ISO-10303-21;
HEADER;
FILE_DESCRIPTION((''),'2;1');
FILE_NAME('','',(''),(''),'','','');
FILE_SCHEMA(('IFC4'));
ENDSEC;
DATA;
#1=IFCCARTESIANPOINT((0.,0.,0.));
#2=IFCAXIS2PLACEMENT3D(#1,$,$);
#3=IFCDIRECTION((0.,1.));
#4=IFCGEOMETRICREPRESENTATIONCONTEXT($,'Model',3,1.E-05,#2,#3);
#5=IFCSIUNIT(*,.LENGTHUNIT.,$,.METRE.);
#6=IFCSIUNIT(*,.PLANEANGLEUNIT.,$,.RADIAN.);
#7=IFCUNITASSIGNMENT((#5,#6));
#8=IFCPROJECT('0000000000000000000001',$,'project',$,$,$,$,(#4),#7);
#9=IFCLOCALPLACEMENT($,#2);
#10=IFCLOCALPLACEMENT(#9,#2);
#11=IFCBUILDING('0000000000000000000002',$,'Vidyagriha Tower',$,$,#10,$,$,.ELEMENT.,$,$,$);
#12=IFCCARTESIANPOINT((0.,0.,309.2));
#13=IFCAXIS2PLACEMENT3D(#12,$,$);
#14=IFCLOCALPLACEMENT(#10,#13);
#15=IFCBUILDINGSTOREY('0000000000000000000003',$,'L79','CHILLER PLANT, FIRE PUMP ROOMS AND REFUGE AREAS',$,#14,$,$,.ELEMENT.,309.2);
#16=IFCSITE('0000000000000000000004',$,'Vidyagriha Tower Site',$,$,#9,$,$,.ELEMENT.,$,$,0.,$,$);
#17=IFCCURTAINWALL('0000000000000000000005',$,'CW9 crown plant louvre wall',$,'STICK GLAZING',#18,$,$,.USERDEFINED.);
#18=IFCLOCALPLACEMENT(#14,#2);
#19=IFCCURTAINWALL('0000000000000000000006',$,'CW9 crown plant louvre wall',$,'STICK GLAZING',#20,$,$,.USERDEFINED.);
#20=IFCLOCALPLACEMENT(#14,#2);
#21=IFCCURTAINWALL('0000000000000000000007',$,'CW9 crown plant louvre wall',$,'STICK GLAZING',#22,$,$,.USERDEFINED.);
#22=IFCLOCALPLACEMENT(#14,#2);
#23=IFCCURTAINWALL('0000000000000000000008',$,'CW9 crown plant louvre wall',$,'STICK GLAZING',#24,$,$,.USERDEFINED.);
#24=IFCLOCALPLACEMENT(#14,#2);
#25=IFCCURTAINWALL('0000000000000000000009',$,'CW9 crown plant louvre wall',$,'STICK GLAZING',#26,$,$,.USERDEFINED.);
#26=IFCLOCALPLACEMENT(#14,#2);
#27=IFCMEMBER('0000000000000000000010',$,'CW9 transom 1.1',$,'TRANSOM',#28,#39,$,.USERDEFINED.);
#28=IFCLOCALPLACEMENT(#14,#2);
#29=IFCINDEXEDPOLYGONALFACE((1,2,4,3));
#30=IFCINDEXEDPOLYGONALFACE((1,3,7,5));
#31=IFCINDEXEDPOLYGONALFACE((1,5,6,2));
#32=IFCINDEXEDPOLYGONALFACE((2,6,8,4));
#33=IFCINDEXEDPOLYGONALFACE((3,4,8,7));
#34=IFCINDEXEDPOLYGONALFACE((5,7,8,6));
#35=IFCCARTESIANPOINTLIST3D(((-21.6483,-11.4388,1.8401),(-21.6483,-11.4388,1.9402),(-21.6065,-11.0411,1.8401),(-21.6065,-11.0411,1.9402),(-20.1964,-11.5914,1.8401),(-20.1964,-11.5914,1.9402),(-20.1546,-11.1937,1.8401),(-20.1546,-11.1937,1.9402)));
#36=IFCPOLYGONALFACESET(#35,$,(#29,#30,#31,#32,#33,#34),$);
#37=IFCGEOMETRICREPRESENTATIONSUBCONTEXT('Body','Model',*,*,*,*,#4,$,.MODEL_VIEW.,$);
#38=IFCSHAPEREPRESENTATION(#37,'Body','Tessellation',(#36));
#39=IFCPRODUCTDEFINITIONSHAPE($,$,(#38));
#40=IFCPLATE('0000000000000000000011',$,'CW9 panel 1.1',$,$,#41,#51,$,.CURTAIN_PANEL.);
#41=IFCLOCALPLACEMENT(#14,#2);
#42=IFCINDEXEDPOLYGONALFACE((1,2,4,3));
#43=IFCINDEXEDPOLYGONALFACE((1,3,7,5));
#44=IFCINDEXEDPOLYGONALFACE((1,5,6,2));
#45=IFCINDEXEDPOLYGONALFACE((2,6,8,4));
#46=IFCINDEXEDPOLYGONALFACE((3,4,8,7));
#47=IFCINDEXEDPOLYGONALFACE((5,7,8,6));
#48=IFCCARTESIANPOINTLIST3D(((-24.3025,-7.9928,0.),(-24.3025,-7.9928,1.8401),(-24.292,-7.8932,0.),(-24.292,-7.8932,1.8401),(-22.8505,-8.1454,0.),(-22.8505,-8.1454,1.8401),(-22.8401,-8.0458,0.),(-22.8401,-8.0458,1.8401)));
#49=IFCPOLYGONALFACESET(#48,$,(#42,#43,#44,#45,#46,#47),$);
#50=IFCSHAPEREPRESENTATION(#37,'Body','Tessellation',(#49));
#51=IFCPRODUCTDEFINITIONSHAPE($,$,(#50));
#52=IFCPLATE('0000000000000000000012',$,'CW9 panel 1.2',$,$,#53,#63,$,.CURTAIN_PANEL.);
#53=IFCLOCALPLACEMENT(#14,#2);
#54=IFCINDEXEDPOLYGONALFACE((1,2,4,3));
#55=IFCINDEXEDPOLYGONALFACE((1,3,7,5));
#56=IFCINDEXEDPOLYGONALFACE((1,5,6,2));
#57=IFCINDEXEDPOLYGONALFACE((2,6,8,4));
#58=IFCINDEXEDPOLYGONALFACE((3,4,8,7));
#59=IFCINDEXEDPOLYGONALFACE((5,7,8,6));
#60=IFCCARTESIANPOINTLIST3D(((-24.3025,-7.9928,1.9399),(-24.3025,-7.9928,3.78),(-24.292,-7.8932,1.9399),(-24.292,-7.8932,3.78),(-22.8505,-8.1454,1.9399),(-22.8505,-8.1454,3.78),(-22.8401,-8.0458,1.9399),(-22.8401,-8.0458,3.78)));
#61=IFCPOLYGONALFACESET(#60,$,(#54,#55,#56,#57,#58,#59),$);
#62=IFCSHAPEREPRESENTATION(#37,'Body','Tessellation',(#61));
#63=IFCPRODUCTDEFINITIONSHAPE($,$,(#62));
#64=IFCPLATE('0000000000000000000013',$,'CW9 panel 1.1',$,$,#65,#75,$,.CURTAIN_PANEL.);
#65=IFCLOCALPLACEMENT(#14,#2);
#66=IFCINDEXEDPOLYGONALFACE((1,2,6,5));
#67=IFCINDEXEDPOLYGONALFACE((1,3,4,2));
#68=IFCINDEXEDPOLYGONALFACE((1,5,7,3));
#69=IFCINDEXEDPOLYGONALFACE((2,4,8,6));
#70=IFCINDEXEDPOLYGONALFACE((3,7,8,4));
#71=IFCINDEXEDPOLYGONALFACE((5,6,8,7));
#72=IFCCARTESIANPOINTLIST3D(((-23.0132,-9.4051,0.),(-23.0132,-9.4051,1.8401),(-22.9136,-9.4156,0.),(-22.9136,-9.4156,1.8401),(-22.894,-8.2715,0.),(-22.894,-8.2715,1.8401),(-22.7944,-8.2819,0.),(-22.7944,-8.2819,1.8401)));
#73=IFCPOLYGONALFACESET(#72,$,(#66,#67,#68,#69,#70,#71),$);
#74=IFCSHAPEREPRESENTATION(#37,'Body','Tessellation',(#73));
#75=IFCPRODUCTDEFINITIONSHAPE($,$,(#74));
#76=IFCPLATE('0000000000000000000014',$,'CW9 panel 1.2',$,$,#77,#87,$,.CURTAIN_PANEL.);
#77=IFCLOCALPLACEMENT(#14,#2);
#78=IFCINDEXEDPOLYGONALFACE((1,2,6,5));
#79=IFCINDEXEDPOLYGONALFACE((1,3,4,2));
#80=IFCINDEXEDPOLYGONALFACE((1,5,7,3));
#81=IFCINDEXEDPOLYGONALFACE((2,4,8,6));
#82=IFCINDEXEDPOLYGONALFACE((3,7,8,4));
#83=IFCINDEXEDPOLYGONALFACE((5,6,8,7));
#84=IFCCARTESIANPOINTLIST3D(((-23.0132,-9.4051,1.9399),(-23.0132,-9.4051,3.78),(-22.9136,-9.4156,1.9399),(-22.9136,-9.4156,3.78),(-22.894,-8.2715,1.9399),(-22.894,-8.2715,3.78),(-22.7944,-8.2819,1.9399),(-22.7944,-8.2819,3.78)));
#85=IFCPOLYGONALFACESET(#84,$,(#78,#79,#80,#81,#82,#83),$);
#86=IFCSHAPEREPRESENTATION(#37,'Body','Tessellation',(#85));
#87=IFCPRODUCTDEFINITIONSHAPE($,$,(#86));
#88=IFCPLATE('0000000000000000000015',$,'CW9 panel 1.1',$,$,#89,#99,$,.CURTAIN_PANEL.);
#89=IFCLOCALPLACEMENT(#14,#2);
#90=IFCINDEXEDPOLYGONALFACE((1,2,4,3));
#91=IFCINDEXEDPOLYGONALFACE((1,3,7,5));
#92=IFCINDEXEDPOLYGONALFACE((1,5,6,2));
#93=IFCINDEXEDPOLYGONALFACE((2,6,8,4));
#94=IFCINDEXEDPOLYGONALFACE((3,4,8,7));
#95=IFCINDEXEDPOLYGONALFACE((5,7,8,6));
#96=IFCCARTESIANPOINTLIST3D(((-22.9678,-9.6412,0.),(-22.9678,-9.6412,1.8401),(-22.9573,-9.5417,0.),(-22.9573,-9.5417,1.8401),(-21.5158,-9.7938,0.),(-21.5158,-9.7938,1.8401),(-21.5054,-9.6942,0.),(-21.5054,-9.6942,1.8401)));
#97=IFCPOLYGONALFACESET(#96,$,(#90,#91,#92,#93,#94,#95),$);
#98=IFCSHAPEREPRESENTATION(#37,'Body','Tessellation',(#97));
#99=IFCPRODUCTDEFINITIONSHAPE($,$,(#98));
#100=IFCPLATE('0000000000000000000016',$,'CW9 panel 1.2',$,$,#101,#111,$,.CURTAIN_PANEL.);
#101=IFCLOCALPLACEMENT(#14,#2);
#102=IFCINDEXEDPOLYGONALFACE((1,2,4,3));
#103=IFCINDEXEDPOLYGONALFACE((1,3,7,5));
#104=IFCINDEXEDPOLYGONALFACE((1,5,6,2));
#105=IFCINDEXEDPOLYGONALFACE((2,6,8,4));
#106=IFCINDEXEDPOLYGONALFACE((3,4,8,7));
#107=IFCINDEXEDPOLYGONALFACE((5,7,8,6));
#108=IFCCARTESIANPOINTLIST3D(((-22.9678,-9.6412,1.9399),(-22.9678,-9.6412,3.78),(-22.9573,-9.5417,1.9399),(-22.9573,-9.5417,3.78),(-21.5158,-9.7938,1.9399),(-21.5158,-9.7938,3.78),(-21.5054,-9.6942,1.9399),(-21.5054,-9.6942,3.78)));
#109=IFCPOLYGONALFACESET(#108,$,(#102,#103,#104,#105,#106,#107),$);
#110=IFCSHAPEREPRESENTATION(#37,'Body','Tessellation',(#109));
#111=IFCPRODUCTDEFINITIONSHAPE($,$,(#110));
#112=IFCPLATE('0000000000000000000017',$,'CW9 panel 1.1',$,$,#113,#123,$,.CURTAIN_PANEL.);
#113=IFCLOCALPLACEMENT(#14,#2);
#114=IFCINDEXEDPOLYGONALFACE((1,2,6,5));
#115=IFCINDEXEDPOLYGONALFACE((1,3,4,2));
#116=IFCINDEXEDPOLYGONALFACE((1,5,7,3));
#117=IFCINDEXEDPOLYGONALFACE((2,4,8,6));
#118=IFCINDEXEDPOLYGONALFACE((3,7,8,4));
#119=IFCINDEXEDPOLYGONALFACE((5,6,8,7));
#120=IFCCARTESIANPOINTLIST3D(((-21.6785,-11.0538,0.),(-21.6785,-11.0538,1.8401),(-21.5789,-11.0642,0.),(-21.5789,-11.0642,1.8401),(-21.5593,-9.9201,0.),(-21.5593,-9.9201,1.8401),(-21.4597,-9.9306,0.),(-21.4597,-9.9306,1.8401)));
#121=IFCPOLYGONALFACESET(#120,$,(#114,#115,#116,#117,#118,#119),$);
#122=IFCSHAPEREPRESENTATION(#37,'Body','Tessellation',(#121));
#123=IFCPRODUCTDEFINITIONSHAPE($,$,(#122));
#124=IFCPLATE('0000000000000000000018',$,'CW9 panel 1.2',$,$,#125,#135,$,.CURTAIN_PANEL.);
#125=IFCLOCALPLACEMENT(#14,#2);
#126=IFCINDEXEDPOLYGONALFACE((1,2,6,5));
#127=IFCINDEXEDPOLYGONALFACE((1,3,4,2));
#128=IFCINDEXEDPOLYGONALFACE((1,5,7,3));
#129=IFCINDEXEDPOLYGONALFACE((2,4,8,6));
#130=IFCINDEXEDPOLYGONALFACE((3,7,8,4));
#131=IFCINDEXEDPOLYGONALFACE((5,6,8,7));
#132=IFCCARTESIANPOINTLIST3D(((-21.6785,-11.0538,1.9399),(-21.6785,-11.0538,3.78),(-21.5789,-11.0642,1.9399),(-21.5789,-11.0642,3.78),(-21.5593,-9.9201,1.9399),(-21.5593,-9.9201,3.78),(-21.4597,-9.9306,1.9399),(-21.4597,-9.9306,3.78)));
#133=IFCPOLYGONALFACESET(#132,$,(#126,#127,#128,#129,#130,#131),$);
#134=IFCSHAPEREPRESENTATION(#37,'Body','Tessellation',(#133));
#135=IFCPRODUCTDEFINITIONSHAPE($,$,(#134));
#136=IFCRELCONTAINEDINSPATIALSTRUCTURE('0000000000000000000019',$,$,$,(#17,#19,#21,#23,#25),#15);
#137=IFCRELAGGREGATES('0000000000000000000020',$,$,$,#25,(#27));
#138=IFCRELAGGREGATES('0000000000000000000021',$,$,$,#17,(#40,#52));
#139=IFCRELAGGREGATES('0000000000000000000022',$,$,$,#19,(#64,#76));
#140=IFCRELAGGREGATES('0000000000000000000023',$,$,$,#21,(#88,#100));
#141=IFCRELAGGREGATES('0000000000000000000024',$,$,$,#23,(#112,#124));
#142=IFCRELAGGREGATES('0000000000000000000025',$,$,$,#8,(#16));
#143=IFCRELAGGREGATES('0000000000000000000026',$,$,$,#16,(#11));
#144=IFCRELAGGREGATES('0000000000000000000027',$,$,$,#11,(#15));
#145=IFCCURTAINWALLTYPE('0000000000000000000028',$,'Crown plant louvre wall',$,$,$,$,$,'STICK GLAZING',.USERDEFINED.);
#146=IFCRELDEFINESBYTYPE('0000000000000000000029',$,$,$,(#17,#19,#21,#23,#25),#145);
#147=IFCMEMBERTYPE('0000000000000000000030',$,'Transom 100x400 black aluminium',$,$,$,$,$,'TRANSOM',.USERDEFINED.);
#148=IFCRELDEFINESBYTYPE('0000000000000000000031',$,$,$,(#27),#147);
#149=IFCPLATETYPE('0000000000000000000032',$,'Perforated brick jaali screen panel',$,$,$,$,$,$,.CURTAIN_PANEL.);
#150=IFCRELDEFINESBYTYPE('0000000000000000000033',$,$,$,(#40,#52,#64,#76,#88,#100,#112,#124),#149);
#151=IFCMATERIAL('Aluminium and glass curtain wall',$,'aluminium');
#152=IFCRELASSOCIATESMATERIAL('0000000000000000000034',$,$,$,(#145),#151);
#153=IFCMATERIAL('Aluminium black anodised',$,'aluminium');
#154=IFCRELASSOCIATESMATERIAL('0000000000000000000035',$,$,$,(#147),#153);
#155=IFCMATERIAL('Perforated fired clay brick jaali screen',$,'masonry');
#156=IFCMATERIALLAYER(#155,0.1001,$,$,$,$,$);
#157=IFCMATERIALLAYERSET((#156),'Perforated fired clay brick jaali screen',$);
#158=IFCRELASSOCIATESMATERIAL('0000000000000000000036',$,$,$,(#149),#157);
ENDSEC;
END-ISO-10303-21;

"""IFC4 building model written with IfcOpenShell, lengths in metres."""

from ifc_helpers import new_model, si_unit, direction, frame, origin, origin_2d, place, context, subcontext, project, spatial, rectangle, extrude, material, layer, layer_set, material_profile, profile_set, type_object, element, aggregate, save


model = new_model("IFC4")

# Units and contexts
model_context = context("Model", 3, precision=1e-05, world=origin(), true_north=direction((0.0, 1.0)))
body_context = subcontext(model_context, "Body", "Model", "MODEL_VIEW")
ifc_project = project(units=[si_unit("LENGTHUNIT", "METRE"), si_unit("PLANEANGLEUNIT", "RADIAN")], contexts=[model_context])

# Site, building, storey
site_placement = place(None, origin())
site = spatial("IfcSite", under=ifc_project, at=site_placement, Name="Vidyagriha Tower Site", CompositionType="ELEMENT", RefElevation=0.0)
building_placement = place(site_placement, origin())
building = spatial("IfcBuilding", under=site, at=building_placement, Name="Vidyagriha Tower", CompositionType="ELEMENT")
storey_placement = place(building_placement, frame((0.0, 0.0, 309.2)))
storey = spatial("IfcBuildingStorey", under=building, at=storey_placement, Name="L79", Description="CHILLER PLANT, FIRE PUMP ROOMS AND REFUGE AREAS", CompositionType="ELEMENT", Elevation=309.2)

# Curtain wall
ifc_material_1 = material(Name="Aluminium and glass curtain wall", Category="aluminium")
curtain_wall_type = type_object("IfcCurtainWallType", Name="Crown plant louvre wall", ElementType="STICK GLAZING", PredefinedType="USERDEFINED", material=ifc_material_1)
curtain_wall_1_placement = place(storey_placement, origin())
curtain_wall_1 = element("IfcCurtainWall", 1, at=curtain_wall_1_placement, inside=storey, type_object=curtain_wall_type, Name="CW9 crown plant louvre wall", ObjectType="STICK GLAZING", PredefinedType="USERDEFINED")

# Curtain walls
curtain_wall_2_placement = place(storey_placement, origin())
curtain_wall_2 = element("IfcCurtainWall", 2, at=curtain_wall_2_placement, inside=storey, type_object=curtain_wall_type, Name="CW9 crown plant louvre wall", ObjectType="STICK GLAZING", PredefinedType="USERDEFINED")
curtain_wall_3_placement = place(storey_placement, origin())
curtain_wall_3 = element("IfcCurtainWall", 3, at=curtain_wall_3_placement, inside=storey, type_object=curtain_wall_type, Name="CW9 crown plant louvre wall", ObjectType="STICK GLAZING", PredefinedType="USERDEFINED")
curtain_wall_4_placement = place(storey_placement, origin())
curtain_wall_4 = element("IfcCurtainWall", 4, at=curtain_wall_4_placement, inside=storey, type_object=curtain_wall_type, Name="CW9 crown plant louvre wall", ObjectType="STICK GLAZING", PredefinedType="USERDEFINED")

# Curtain wall
curtain_wall_5_placement = place(storey_placement, origin())
curtain_wall_5 = element("IfcCurtainWall", 5, at=curtain_wall_5_placement, inside=storey, type_object=curtain_wall_type, Name="CW9 crown plant louvre wall", ObjectType="STICK GLAZING", PredefinedType="USERDEFINED")

# Member
ifc_material_2 = material(Name="Aluminium black anodised", Category="aluminium")
ifc_material_profile_1 = material_profile(ifc_material_2, rectangle(XDim=0.3999, YDim=0.1001, at=origin_2d()), Name="Transom 100x400 black aluminium")
ifc_profile_set_1 = profile_set([ifc_material_profile_1], Name="Aluminium black anodised")
member_type_1 = type_object("IfcMemberType", Name="Transom 100x400 black aluminium", ElementType="TRANSOM", PredefinedType="USERDEFINED", material=ifc_profile_set_1)
member_1_placement = place(storey_placement, frame((-21.6274, -11.24, 1.8901), z_axis=(0.994523, -0.104519, 0.0), x_axis=(0.104519, 0.994523, 0.0)))
member_1 = element("IfcMember", 6, at=member_1_placement, type_object=member_type_1, Name="CW9 transom 1.1", ObjectType="TRANSOM", PredefinedType="USERDEFINED", context=body_context, shape_type="SweptSolid", body=[
    extrude(rectangle(XDim=0.3999, YDim=0.1001, at=origin_2d()), origin(), (0.0, 0.0, 1.0), 1.46),
])
aggregate(curtain_wall_5, [member_1])

# Plates
ifc_material_3 = material(Name="Perforated fired clay brick jaali screen", Category="masonry")
ifc_layer = layer(ifc_material_3, 0.1001)
ifc_layer_set = layer_set([ifc_layer], Name="Perforated fired clay brick jaali screen")
plate_type = type_object("IfcPlateType", Name="Perforated brick jaali screen panel", PredefinedType="CURTAIN_PANEL", material=ifc_layer_set)
plate_1_placement = place(storey_placement, frame((-23.5713, -8.0193, 0.0), z_axis=(0.0, 0.0, 1.0), x_axis=(0.994523, -0.104519, 0.0)))
plate_1 = element("IfcPlate", 7, at=plate_1_placement, type_object=plate_type, Name="CW9 panel 1.1", PredefinedType="CURTAIN_PANEL", context=body_context, shape_type="SweptSolid", body=[
    extrude(rectangle(XDim=1.46, YDim=0.1001, at=origin_2d()), origin(), (0.0, 0.0, 1.0), 1.8401),
])
plate_2_placement = place(storey_placement, frame((-23.5713, -8.0193, 1.9399), z_axis=(0.0, 0.0, 1.0), x_axis=(0.994523, -0.104519, 0.0)))
plate_2 = element("IfcPlate", 8, at=plate_2_placement, type_object=plate_type, Name="CW9 panel 1.2", PredefinedType="CURTAIN_PANEL", context=body_context, shape_type="SweptSolid", body=[
    extrude(rectangle(XDim=1.46, YDim=0.1001, at=origin_2d()), origin(), (0.0, 0.0, 1.0), 1.8401),
])
aggregate(curtain_wall_1, [plate_1, plate_2])
plate_3_placement = place(storey_placement, frame((-22.9038, -8.8435, 0.0), z_axis=(0.0, 0.0, 1.0), x_axis=(-0.104557, -0.994519, 0.0)))
plate_3 = element("IfcPlate", 9, at=plate_3_placement, type_object=plate_type, Name="CW9 panel 1.1", PredefinedType="CURTAIN_PANEL", context=body_context, shape_type="SweptSolid", body=[
    extrude(rectangle(XDim=1.1399, YDim=0.1001, at=origin_2d()), origin(), (0.0, 0.0, 1.0), 1.8401),
])
plate_4_placement = place(storey_placement, frame((-22.9038, -8.8435, 1.9399), z_axis=(0.0, 0.0, 1.0), x_axis=(-0.104557, -0.994519, 0.0)))
plate_4 = element("IfcPlate", 10, at=plate_4_placement, type_object=plate_type, Name="CW9 panel 1.2", PredefinedType="CURTAIN_PANEL", context=body_context, shape_type="SweptSolid", body=[
    extrude(rectangle(XDim=1.1399, YDim=0.1001, at=origin_2d()), origin(), (0.0, 0.0, 1.0), 1.8401),
])
aggregate(curtain_wall_2, [plate_3, plate_4])
plate_5_placement = place(storey_placement, frame((-22.2366, -9.6677, 0.0), z_axis=(0.0, 0.0, 1.0), x_axis=(0.994529, -0.104459, 0.0)))
plate_5 = element("IfcPlate", 11, at=plate_5_placement, type_object=plate_type, Name="CW9 panel 1.1", PredefinedType="CURTAIN_PANEL", context=body_context, shape_type="SweptSolid", body=[
    extrude(rectangle(XDim=1.46, YDim=0.1001, at=origin_2d()), origin(), (0.0, 0.0, 1.0), 1.8401),
])
plate_6_placement = place(storey_placement, frame((-22.2366, -9.6677, 1.9399), z_axis=(0.0, 0.0, 1.0), x_axis=(0.994529, -0.104459, 0.0)))
plate_6 = element("IfcPlate", 12, at=plate_6_placement, type_object=plate_type, Name="CW9 panel 1.2", PredefinedType="CURTAIN_PANEL", context=body_context, shape_type="SweptSolid", body=[
    extrude(rectangle(XDim=1.46, YDim=0.1001, at=origin_2d()), origin(), (0.0, 0.0, 1.0), 1.8401),
])
aggregate(curtain_wall_3, [plate_5, plate_6])
plate_7_placement = place(storey_placement, frame((-21.5691, -10.4922, 0.0), z_axis=(0.0, 0.0, 1.0), x_axis=(-0.104549, -0.99452, 0.0)))
plate_7 = element("IfcPlate", 13, at=plate_7_placement, type_object=plate_type, Name="CW9 panel 1.1", PredefinedType="CURTAIN_PANEL", context=body_context, shape_type="SweptSolid", body=[
    extrude(rectangle(XDim=1.1399, YDim=0.1001, at=origin_2d()), origin(), (0.0, 0.0, 1.0), 1.8401),
])
plate_8_placement = place(storey_placement, frame((-21.5691, -10.4922, 1.9399), z_axis=(0.0, 0.0, 1.0), x_axis=(-0.104549, -0.99452, 0.0)))
plate_8 = element("IfcPlate", 14, at=plate_8_placement, type_object=plate_type, Name="CW9 panel 1.2", PredefinedType="CURTAIN_PANEL", context=body_context, shape_type="SweptSolid", body=[
    extrude(rectangle(XDim=1.1399, YDim=0.1001, at=origin_2d()), origin(), (0.0, 0.0, 1.0), 1.8401),
])
aggregate(curtain_wall_4, [plate_7, plate_8])

save(model, "model.ifc")
